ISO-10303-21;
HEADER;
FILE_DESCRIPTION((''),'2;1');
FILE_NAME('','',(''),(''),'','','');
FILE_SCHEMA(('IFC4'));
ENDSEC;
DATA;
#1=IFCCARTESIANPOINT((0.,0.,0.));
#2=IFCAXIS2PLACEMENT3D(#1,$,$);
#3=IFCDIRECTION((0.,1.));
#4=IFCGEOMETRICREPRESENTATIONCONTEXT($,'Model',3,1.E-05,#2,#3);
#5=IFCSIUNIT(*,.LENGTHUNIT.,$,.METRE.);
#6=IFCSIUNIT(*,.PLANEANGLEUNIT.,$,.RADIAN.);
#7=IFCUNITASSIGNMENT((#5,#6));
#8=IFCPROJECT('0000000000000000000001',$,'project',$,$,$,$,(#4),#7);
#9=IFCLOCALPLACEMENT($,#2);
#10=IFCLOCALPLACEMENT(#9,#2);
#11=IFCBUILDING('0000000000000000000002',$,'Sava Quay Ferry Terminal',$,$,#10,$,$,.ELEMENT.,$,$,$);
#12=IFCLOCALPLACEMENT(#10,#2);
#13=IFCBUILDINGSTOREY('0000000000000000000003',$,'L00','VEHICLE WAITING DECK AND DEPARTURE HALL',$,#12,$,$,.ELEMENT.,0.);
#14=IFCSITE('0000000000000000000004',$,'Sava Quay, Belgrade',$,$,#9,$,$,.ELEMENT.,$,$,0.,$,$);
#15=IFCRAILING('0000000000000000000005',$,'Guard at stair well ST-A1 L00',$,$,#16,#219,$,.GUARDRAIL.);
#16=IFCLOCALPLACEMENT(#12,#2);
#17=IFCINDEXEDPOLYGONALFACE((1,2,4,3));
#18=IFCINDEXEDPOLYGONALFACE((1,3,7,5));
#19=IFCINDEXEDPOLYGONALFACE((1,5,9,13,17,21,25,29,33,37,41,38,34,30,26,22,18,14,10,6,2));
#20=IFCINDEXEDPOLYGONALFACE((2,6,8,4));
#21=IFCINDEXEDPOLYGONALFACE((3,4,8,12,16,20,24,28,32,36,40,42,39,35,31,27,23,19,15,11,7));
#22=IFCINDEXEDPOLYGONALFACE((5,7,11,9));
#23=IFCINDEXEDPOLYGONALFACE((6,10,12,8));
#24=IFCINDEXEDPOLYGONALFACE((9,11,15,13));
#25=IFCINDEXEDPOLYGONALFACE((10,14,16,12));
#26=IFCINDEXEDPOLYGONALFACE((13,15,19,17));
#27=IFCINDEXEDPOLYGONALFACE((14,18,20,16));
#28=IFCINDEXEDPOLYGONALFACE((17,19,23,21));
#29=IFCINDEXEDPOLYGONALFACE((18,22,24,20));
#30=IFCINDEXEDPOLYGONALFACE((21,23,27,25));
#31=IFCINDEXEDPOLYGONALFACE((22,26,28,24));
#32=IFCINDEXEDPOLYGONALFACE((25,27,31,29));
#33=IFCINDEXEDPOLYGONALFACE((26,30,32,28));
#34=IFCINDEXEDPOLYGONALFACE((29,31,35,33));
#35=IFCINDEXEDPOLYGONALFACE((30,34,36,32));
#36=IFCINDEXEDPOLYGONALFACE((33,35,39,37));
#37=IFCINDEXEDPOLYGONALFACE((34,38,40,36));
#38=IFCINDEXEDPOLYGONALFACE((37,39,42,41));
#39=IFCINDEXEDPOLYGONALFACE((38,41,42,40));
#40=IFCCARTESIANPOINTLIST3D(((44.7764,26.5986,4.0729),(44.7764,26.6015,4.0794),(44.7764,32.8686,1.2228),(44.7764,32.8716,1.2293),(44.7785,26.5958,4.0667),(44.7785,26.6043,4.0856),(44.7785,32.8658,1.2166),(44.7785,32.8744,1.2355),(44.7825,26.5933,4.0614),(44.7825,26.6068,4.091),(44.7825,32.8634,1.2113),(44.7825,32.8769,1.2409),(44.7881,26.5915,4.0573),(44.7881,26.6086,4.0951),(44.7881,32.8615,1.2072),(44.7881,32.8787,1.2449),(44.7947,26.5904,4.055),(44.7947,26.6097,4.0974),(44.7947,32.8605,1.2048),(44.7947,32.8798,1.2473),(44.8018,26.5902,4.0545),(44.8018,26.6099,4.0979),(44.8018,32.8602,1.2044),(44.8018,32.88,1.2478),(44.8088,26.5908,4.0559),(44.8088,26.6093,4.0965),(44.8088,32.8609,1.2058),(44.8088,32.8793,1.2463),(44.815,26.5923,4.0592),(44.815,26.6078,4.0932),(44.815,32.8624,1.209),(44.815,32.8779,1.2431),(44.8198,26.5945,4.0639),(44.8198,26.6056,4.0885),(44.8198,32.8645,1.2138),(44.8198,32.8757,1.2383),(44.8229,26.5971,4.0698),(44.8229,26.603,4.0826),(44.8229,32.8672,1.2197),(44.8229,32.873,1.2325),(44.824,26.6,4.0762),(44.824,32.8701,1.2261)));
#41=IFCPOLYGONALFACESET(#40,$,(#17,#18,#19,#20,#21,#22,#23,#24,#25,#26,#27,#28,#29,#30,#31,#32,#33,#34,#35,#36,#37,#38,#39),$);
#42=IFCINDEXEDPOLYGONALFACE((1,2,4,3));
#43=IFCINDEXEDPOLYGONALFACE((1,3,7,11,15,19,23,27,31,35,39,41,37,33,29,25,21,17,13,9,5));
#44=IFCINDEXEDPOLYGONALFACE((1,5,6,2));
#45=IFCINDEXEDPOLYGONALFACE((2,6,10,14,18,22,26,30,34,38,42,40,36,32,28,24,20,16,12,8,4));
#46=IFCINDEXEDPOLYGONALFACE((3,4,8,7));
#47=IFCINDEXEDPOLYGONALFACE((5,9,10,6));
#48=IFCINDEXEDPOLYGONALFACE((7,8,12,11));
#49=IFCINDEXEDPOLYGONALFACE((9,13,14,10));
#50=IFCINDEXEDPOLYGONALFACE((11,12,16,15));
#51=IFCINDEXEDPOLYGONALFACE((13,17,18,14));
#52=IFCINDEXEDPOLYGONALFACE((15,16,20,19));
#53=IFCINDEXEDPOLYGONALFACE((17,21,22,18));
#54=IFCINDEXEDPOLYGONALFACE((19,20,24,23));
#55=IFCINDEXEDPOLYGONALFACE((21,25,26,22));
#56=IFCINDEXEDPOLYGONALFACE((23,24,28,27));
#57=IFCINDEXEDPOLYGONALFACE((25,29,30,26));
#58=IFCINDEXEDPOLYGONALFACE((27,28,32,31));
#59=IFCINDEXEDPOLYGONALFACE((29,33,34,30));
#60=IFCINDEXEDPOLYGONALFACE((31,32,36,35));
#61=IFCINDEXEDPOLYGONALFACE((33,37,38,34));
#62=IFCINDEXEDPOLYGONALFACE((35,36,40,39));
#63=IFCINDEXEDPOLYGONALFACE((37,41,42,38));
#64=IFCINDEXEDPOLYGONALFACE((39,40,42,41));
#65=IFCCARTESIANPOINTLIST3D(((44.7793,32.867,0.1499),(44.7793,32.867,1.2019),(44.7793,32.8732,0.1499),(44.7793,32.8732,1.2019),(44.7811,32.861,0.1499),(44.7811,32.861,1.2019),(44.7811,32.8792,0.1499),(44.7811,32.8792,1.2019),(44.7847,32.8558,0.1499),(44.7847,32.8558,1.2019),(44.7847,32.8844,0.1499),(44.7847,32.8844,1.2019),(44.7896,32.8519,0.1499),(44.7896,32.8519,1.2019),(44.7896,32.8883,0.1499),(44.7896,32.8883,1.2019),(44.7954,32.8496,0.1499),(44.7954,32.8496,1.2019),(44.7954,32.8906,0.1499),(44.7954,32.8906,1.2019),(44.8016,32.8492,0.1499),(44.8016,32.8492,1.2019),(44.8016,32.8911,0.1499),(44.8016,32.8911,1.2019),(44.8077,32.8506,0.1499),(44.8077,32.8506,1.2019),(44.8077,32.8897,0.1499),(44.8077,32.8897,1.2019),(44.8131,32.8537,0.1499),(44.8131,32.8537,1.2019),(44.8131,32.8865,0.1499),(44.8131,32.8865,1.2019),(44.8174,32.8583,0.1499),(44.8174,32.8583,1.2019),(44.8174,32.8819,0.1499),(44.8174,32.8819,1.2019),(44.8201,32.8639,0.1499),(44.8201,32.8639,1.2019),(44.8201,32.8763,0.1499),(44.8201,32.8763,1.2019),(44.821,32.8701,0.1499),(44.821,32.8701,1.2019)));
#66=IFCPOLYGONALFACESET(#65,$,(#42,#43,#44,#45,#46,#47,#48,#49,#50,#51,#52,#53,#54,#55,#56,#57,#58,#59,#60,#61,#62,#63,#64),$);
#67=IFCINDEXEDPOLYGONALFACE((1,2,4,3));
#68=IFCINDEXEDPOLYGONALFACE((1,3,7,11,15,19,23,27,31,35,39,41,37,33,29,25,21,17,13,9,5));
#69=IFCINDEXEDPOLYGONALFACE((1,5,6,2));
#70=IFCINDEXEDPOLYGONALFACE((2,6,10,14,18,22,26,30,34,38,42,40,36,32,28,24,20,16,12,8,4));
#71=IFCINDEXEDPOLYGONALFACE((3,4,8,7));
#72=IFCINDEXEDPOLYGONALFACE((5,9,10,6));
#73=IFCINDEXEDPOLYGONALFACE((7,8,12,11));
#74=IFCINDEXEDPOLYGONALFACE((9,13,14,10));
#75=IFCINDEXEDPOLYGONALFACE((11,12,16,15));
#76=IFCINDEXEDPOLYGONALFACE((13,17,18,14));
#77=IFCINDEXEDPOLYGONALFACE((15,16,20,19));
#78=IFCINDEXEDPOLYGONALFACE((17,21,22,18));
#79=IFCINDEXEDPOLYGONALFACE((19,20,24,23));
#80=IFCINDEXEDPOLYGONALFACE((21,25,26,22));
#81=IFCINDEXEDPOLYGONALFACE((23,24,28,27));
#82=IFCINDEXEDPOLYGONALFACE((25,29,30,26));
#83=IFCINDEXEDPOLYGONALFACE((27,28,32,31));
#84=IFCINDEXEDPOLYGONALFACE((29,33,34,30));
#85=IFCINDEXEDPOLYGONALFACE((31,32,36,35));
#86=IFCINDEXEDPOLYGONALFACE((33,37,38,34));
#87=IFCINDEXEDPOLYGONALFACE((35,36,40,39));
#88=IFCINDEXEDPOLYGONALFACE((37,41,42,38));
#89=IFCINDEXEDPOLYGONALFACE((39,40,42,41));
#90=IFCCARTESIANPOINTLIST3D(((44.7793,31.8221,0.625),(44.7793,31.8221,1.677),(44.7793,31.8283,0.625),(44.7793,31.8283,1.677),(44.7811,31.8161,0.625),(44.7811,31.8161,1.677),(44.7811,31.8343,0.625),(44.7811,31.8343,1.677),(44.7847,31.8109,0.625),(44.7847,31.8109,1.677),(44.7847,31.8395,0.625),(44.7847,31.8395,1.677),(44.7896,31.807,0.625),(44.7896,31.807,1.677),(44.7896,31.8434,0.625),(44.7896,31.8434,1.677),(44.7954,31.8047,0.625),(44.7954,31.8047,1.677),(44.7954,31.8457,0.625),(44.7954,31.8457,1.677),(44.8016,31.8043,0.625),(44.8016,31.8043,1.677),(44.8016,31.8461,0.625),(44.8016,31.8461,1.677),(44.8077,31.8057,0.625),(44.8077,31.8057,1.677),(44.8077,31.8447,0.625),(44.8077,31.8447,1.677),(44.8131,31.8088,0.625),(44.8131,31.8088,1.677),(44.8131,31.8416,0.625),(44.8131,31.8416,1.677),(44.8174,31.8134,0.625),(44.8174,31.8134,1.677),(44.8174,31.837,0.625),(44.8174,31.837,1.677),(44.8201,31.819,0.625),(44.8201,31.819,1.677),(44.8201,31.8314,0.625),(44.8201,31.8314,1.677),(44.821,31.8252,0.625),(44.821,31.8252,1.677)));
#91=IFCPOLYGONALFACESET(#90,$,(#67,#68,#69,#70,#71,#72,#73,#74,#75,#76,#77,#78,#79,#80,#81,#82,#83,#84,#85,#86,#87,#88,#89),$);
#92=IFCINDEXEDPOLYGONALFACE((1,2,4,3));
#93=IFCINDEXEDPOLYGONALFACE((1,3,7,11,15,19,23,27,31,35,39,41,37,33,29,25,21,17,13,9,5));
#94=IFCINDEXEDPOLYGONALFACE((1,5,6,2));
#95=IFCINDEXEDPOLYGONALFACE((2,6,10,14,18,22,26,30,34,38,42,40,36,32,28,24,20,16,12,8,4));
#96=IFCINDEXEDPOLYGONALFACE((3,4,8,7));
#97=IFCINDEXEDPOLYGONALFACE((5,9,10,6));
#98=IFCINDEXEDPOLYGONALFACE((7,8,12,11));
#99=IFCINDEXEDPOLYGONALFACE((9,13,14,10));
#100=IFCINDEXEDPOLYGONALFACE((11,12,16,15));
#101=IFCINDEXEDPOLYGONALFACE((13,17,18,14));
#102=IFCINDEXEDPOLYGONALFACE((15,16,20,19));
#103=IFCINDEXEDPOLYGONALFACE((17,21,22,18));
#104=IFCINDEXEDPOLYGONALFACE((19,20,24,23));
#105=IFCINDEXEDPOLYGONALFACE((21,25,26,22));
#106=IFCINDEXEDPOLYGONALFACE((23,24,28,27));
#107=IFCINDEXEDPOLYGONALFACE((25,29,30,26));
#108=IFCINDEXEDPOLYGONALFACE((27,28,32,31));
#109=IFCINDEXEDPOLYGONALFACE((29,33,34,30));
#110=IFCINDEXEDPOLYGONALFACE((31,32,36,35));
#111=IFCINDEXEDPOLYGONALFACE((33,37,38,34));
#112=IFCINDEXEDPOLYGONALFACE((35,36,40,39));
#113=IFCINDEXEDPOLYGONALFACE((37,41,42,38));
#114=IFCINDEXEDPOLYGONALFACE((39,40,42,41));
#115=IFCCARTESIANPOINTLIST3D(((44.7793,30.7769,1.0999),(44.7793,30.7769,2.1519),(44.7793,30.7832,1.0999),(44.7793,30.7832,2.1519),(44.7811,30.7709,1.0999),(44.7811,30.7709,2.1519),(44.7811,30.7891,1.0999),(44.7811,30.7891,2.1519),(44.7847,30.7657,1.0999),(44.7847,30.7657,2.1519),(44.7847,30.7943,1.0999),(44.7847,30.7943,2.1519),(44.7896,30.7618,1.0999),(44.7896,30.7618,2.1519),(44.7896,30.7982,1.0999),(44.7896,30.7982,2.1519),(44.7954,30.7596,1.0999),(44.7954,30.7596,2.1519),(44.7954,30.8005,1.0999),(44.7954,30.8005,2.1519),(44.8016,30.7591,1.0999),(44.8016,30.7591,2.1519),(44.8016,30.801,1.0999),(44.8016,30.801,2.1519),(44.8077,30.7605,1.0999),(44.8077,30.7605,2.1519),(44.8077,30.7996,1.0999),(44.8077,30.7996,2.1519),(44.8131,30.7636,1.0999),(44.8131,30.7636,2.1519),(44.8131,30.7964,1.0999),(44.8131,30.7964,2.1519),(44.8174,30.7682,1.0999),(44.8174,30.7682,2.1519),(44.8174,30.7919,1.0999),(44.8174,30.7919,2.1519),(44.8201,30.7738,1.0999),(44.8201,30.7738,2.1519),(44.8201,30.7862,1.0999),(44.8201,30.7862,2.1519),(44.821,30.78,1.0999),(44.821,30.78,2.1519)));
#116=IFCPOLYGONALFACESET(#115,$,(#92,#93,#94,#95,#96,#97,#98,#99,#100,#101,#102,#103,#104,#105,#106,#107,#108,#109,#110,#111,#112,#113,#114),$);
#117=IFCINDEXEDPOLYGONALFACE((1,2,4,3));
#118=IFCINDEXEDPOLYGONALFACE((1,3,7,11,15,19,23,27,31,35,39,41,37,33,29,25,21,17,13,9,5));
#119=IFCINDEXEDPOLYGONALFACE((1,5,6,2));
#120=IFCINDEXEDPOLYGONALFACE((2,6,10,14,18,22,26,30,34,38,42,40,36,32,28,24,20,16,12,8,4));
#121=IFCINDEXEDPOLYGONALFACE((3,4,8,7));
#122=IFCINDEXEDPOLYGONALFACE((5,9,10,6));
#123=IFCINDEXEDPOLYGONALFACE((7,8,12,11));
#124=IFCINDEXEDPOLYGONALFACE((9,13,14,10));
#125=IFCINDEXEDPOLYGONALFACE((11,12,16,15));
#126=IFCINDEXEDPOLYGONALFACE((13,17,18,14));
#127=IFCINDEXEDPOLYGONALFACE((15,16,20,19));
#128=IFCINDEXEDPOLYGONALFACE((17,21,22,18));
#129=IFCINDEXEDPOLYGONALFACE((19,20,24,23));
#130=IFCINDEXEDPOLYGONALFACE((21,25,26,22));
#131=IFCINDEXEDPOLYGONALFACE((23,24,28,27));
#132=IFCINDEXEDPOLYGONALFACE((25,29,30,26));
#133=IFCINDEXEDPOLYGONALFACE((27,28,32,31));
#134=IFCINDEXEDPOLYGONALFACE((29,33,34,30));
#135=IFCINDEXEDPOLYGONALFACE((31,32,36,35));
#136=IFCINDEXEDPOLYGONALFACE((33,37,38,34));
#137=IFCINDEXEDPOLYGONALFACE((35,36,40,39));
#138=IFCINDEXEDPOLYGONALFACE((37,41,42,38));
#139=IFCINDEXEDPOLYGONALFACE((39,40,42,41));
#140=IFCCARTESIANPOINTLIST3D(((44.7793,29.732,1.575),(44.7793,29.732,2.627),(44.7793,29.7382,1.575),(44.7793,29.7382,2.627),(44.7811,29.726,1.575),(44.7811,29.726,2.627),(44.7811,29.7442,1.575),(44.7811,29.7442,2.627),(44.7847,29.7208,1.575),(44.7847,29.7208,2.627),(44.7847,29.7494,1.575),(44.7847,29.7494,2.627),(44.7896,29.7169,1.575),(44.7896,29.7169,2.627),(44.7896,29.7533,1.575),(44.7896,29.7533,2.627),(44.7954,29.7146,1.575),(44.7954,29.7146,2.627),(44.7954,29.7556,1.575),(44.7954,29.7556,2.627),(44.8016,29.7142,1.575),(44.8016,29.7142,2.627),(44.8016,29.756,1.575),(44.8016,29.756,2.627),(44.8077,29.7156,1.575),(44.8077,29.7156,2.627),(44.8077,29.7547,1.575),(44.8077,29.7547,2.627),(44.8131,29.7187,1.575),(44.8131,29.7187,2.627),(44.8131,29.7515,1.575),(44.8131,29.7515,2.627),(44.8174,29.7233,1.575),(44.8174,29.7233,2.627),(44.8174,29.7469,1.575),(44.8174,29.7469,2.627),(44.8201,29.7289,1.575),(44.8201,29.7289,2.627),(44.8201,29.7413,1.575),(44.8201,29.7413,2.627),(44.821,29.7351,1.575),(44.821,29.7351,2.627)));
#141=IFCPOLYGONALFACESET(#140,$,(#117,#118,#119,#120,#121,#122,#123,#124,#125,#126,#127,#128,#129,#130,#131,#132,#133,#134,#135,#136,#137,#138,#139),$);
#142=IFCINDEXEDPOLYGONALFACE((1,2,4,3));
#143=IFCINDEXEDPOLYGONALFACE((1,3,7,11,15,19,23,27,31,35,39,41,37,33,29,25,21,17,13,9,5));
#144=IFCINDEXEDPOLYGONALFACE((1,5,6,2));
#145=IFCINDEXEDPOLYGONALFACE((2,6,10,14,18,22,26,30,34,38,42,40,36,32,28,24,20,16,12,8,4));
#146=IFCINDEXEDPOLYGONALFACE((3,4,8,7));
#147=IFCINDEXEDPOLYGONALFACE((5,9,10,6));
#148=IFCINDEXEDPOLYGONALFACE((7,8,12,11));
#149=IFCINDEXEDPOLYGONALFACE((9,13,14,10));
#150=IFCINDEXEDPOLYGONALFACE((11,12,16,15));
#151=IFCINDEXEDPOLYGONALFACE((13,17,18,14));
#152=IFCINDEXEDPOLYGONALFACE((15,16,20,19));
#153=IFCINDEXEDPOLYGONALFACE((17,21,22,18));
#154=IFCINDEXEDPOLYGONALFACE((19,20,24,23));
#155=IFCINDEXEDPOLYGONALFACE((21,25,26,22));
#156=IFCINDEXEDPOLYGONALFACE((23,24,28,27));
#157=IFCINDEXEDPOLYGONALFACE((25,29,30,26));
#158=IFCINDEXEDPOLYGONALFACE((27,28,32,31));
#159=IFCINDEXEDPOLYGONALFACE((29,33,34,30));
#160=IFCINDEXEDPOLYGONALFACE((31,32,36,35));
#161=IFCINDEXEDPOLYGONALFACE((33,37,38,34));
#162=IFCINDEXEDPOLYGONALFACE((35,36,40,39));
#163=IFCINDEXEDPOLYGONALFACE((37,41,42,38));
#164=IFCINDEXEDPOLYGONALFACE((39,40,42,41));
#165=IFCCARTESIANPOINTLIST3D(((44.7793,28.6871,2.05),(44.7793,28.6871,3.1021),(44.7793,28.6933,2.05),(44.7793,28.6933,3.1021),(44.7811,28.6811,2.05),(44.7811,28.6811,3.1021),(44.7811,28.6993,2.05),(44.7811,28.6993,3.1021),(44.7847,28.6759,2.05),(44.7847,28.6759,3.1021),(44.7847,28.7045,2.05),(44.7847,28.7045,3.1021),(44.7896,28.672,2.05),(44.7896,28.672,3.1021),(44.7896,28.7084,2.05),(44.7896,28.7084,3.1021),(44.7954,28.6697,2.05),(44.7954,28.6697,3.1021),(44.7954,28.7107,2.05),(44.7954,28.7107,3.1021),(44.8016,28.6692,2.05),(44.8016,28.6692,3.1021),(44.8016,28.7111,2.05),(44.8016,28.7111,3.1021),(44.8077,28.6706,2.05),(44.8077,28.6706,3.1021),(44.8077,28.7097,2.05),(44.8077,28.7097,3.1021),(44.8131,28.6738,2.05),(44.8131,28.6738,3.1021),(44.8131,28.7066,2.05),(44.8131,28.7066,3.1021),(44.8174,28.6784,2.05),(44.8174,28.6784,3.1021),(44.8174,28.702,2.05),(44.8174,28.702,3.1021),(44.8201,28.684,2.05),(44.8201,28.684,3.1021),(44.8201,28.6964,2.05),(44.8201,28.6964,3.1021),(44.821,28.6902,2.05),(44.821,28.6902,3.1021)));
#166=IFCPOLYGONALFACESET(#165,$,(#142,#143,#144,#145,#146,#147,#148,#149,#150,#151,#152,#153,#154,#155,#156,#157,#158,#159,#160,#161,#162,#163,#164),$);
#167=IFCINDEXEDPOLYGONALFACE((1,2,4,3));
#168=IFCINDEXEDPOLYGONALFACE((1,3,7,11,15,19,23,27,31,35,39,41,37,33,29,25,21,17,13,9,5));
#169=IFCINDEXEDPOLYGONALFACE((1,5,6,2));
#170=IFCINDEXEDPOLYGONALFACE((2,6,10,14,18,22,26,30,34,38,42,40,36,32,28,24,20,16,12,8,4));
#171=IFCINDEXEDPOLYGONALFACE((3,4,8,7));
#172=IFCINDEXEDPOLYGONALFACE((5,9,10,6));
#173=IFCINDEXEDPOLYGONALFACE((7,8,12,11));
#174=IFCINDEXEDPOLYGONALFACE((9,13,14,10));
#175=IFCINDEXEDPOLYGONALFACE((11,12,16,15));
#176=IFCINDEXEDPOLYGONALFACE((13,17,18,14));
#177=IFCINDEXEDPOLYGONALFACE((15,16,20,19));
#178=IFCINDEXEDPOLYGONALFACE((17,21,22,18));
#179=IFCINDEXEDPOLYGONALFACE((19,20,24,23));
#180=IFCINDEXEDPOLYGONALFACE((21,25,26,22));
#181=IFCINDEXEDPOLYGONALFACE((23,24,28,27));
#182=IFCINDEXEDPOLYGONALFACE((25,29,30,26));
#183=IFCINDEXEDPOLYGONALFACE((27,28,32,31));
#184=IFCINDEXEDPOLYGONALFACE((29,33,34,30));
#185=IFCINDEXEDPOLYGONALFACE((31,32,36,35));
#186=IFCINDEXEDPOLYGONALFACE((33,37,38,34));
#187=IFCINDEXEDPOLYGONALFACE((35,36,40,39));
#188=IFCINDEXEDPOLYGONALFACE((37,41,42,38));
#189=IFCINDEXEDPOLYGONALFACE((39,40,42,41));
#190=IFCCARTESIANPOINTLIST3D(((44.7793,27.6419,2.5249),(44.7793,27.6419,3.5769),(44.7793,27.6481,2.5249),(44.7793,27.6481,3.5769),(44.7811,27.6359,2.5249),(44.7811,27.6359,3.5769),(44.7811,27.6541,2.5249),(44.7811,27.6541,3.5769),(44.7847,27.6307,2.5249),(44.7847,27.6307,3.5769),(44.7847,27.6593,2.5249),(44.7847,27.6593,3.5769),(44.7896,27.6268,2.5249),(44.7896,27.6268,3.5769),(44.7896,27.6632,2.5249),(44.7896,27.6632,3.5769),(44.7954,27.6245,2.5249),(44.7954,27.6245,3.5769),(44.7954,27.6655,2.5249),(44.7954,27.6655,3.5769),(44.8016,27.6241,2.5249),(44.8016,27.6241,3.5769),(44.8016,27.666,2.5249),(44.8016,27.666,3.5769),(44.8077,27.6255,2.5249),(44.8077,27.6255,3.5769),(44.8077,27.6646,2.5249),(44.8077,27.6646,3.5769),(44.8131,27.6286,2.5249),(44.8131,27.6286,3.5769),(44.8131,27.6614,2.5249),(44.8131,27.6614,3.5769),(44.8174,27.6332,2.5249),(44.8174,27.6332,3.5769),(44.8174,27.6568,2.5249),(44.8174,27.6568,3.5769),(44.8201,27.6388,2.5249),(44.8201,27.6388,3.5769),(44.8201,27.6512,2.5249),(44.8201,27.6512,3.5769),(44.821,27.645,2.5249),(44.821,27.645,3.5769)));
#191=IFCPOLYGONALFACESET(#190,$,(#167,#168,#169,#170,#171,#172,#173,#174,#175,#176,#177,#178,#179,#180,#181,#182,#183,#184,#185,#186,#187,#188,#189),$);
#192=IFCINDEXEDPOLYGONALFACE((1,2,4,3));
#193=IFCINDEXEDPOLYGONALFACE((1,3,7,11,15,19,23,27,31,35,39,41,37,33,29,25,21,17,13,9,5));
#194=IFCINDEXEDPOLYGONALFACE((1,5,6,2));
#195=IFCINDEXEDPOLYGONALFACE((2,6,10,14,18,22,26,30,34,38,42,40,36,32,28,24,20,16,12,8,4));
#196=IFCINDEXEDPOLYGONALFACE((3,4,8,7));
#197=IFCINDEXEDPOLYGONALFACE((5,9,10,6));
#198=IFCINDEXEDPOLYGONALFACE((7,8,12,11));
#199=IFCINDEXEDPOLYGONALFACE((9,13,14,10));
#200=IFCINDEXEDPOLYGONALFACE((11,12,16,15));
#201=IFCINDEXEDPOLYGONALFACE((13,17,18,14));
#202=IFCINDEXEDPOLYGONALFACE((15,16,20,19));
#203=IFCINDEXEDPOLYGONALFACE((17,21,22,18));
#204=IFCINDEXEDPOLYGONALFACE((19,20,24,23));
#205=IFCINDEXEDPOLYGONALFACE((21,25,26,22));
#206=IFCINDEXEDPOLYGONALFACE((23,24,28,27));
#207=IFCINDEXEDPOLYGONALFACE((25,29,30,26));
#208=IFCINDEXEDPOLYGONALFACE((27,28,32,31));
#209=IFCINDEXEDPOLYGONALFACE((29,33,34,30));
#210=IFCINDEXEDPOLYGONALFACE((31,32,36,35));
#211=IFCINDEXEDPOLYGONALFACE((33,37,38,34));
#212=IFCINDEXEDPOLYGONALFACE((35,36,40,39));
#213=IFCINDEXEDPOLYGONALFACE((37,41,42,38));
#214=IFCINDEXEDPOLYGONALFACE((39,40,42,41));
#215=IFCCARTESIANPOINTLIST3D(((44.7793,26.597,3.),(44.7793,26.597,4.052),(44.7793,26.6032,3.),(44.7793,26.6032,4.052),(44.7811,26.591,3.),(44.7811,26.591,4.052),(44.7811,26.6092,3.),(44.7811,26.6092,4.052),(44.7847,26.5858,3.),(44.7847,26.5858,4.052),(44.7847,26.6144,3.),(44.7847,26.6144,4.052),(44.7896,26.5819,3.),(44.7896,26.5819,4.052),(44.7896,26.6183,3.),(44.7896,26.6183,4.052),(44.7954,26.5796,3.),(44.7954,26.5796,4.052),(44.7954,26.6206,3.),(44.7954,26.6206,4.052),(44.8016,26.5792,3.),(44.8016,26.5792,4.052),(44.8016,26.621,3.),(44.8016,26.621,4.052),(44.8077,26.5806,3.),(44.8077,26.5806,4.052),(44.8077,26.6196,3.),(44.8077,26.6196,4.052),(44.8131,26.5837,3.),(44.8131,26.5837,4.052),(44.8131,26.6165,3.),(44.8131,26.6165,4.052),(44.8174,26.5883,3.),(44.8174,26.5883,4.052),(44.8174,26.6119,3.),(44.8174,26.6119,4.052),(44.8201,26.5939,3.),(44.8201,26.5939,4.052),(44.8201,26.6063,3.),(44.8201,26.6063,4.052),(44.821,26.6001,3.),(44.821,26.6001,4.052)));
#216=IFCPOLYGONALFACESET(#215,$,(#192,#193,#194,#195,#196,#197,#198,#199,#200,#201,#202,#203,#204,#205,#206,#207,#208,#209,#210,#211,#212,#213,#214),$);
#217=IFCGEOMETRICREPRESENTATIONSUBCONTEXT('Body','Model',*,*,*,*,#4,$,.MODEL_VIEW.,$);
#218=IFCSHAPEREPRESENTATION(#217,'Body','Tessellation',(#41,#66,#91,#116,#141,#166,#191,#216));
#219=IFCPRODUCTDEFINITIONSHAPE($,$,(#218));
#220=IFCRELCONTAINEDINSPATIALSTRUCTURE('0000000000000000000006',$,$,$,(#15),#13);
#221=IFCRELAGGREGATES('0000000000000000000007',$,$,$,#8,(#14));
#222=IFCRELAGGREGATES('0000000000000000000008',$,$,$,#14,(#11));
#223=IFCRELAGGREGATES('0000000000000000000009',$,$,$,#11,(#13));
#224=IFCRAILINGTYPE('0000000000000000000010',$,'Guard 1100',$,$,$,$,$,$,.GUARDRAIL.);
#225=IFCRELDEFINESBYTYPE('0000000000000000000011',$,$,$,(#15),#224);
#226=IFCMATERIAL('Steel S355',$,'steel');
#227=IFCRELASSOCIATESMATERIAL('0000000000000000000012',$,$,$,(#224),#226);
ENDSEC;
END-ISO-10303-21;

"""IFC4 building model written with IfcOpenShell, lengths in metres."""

from ifc_helpers import new_model, si_unit, direction, frame, origin, origin_2d, place, context, subcontext, project, spatial, circle, extrude, material, type_object, element, save


model = new_model("IFC4")

# Units and contexts
model_context = context("Model", 3, precision=1e-05, world=origin(), true_north=direction((0.0, 1.0)))
body_context = subcontext(model_context, "Body", "Model", "MODEL_VIEW")
ifc_project = project(units=[si_unit("LENGTHUNIT", "METRE"), si_unit("PLANEANGLEUNIT", "RADIAN")], contexts=[model_context])

# Site, building, storey
site_placement = place(None, origin())
site = spatial("IfcSite", under=ifc_project, at=site_placement, Name="Sava Quay, Belgrade", CompositionType="ELEMENT", RefElevation=0.0)
building_placement = place(site_placement, origin())
building = spatial("IfcBuilding", under=site, at=building_placement, Name="Sava Quay Ferry Terminal", CompositionType="ELEMENT")
storey_placement = place(building_placement, origin())
storey = spatial("IfcBuildingStorey", under=building, at=storey_placement, Name="L00", Description="VEHICLE WAITING DECK AND DEPARTURE HALL", CompositionType="ELEMENT", Elevation=0.0)

# Railing
ifc_material_1 = material(Name="Steel S355", Category="steel")
railing_type_1 = type_object("IfcRailingType", Name="Guard 1100", PredefinedType="GUARDRAIL", material=ifc_material_1)
railing_1_placement = place(storey_placement, frame((44.8, 32.8701, 0.1499)))
element("IfcRailing", 1, at=railing_1_placement, inside=storey, type_object=railing_type_1, Name="Guard at stair well ST-A1 L00", PredefinedType="GUARDRAIL", context=body_context, shape_type="SweptSolid", body=[
    extrude(circle(Radius=0.0239, at=origin_2d()), frame((0.0, 0.0, 1.0762), z_axis=(0.0, -0.910362, 0.413814), x_axis=(1.0, 0.0, 0.0)), (0.0, 0.0, 1.0), 6.8875),
    extrude(circle(Radius=0.021, at=origin_2d()), origin(), (0.0, 0.0, 1.0), 1.052),
    extrude(circle(Radius=0.021, at=origin_2d()), frame((0.0, -1.0449, 0.4751)), (0.0, 0.0, 1.0), 1.052),
    extrude(circle(Radius=0.021, at=origin_2d()), frame((0.0, -2.0901, 0.95)), (0.0, 0.0, 1.0), 1.052),
    extrude(circle(Radius=0.021, at=origin_2d()), frame((0.0, -3.135, 1.425)), (0.0, 0.0, 1.0), 1.052),
    extrude(circle(Radius=0.021, at=origin_2d()), frame((0.0, -4.1799, 1.9001)), (0.0, 0.0, 1.0), 1.052),
    extrude(circle(Radius=0.021, at=origin_2d()), frame((0.0, -5.2251, 2.375)), (0.0, 0.0, 1.0), 1.052),
    extrude(circle(Radius=0.021, at=origin_2d()), frame((0.0, -6.27, 2.8501)), (0.0, 0.0, 1.0), 1.052),
])

save(model, "model.ifc")
